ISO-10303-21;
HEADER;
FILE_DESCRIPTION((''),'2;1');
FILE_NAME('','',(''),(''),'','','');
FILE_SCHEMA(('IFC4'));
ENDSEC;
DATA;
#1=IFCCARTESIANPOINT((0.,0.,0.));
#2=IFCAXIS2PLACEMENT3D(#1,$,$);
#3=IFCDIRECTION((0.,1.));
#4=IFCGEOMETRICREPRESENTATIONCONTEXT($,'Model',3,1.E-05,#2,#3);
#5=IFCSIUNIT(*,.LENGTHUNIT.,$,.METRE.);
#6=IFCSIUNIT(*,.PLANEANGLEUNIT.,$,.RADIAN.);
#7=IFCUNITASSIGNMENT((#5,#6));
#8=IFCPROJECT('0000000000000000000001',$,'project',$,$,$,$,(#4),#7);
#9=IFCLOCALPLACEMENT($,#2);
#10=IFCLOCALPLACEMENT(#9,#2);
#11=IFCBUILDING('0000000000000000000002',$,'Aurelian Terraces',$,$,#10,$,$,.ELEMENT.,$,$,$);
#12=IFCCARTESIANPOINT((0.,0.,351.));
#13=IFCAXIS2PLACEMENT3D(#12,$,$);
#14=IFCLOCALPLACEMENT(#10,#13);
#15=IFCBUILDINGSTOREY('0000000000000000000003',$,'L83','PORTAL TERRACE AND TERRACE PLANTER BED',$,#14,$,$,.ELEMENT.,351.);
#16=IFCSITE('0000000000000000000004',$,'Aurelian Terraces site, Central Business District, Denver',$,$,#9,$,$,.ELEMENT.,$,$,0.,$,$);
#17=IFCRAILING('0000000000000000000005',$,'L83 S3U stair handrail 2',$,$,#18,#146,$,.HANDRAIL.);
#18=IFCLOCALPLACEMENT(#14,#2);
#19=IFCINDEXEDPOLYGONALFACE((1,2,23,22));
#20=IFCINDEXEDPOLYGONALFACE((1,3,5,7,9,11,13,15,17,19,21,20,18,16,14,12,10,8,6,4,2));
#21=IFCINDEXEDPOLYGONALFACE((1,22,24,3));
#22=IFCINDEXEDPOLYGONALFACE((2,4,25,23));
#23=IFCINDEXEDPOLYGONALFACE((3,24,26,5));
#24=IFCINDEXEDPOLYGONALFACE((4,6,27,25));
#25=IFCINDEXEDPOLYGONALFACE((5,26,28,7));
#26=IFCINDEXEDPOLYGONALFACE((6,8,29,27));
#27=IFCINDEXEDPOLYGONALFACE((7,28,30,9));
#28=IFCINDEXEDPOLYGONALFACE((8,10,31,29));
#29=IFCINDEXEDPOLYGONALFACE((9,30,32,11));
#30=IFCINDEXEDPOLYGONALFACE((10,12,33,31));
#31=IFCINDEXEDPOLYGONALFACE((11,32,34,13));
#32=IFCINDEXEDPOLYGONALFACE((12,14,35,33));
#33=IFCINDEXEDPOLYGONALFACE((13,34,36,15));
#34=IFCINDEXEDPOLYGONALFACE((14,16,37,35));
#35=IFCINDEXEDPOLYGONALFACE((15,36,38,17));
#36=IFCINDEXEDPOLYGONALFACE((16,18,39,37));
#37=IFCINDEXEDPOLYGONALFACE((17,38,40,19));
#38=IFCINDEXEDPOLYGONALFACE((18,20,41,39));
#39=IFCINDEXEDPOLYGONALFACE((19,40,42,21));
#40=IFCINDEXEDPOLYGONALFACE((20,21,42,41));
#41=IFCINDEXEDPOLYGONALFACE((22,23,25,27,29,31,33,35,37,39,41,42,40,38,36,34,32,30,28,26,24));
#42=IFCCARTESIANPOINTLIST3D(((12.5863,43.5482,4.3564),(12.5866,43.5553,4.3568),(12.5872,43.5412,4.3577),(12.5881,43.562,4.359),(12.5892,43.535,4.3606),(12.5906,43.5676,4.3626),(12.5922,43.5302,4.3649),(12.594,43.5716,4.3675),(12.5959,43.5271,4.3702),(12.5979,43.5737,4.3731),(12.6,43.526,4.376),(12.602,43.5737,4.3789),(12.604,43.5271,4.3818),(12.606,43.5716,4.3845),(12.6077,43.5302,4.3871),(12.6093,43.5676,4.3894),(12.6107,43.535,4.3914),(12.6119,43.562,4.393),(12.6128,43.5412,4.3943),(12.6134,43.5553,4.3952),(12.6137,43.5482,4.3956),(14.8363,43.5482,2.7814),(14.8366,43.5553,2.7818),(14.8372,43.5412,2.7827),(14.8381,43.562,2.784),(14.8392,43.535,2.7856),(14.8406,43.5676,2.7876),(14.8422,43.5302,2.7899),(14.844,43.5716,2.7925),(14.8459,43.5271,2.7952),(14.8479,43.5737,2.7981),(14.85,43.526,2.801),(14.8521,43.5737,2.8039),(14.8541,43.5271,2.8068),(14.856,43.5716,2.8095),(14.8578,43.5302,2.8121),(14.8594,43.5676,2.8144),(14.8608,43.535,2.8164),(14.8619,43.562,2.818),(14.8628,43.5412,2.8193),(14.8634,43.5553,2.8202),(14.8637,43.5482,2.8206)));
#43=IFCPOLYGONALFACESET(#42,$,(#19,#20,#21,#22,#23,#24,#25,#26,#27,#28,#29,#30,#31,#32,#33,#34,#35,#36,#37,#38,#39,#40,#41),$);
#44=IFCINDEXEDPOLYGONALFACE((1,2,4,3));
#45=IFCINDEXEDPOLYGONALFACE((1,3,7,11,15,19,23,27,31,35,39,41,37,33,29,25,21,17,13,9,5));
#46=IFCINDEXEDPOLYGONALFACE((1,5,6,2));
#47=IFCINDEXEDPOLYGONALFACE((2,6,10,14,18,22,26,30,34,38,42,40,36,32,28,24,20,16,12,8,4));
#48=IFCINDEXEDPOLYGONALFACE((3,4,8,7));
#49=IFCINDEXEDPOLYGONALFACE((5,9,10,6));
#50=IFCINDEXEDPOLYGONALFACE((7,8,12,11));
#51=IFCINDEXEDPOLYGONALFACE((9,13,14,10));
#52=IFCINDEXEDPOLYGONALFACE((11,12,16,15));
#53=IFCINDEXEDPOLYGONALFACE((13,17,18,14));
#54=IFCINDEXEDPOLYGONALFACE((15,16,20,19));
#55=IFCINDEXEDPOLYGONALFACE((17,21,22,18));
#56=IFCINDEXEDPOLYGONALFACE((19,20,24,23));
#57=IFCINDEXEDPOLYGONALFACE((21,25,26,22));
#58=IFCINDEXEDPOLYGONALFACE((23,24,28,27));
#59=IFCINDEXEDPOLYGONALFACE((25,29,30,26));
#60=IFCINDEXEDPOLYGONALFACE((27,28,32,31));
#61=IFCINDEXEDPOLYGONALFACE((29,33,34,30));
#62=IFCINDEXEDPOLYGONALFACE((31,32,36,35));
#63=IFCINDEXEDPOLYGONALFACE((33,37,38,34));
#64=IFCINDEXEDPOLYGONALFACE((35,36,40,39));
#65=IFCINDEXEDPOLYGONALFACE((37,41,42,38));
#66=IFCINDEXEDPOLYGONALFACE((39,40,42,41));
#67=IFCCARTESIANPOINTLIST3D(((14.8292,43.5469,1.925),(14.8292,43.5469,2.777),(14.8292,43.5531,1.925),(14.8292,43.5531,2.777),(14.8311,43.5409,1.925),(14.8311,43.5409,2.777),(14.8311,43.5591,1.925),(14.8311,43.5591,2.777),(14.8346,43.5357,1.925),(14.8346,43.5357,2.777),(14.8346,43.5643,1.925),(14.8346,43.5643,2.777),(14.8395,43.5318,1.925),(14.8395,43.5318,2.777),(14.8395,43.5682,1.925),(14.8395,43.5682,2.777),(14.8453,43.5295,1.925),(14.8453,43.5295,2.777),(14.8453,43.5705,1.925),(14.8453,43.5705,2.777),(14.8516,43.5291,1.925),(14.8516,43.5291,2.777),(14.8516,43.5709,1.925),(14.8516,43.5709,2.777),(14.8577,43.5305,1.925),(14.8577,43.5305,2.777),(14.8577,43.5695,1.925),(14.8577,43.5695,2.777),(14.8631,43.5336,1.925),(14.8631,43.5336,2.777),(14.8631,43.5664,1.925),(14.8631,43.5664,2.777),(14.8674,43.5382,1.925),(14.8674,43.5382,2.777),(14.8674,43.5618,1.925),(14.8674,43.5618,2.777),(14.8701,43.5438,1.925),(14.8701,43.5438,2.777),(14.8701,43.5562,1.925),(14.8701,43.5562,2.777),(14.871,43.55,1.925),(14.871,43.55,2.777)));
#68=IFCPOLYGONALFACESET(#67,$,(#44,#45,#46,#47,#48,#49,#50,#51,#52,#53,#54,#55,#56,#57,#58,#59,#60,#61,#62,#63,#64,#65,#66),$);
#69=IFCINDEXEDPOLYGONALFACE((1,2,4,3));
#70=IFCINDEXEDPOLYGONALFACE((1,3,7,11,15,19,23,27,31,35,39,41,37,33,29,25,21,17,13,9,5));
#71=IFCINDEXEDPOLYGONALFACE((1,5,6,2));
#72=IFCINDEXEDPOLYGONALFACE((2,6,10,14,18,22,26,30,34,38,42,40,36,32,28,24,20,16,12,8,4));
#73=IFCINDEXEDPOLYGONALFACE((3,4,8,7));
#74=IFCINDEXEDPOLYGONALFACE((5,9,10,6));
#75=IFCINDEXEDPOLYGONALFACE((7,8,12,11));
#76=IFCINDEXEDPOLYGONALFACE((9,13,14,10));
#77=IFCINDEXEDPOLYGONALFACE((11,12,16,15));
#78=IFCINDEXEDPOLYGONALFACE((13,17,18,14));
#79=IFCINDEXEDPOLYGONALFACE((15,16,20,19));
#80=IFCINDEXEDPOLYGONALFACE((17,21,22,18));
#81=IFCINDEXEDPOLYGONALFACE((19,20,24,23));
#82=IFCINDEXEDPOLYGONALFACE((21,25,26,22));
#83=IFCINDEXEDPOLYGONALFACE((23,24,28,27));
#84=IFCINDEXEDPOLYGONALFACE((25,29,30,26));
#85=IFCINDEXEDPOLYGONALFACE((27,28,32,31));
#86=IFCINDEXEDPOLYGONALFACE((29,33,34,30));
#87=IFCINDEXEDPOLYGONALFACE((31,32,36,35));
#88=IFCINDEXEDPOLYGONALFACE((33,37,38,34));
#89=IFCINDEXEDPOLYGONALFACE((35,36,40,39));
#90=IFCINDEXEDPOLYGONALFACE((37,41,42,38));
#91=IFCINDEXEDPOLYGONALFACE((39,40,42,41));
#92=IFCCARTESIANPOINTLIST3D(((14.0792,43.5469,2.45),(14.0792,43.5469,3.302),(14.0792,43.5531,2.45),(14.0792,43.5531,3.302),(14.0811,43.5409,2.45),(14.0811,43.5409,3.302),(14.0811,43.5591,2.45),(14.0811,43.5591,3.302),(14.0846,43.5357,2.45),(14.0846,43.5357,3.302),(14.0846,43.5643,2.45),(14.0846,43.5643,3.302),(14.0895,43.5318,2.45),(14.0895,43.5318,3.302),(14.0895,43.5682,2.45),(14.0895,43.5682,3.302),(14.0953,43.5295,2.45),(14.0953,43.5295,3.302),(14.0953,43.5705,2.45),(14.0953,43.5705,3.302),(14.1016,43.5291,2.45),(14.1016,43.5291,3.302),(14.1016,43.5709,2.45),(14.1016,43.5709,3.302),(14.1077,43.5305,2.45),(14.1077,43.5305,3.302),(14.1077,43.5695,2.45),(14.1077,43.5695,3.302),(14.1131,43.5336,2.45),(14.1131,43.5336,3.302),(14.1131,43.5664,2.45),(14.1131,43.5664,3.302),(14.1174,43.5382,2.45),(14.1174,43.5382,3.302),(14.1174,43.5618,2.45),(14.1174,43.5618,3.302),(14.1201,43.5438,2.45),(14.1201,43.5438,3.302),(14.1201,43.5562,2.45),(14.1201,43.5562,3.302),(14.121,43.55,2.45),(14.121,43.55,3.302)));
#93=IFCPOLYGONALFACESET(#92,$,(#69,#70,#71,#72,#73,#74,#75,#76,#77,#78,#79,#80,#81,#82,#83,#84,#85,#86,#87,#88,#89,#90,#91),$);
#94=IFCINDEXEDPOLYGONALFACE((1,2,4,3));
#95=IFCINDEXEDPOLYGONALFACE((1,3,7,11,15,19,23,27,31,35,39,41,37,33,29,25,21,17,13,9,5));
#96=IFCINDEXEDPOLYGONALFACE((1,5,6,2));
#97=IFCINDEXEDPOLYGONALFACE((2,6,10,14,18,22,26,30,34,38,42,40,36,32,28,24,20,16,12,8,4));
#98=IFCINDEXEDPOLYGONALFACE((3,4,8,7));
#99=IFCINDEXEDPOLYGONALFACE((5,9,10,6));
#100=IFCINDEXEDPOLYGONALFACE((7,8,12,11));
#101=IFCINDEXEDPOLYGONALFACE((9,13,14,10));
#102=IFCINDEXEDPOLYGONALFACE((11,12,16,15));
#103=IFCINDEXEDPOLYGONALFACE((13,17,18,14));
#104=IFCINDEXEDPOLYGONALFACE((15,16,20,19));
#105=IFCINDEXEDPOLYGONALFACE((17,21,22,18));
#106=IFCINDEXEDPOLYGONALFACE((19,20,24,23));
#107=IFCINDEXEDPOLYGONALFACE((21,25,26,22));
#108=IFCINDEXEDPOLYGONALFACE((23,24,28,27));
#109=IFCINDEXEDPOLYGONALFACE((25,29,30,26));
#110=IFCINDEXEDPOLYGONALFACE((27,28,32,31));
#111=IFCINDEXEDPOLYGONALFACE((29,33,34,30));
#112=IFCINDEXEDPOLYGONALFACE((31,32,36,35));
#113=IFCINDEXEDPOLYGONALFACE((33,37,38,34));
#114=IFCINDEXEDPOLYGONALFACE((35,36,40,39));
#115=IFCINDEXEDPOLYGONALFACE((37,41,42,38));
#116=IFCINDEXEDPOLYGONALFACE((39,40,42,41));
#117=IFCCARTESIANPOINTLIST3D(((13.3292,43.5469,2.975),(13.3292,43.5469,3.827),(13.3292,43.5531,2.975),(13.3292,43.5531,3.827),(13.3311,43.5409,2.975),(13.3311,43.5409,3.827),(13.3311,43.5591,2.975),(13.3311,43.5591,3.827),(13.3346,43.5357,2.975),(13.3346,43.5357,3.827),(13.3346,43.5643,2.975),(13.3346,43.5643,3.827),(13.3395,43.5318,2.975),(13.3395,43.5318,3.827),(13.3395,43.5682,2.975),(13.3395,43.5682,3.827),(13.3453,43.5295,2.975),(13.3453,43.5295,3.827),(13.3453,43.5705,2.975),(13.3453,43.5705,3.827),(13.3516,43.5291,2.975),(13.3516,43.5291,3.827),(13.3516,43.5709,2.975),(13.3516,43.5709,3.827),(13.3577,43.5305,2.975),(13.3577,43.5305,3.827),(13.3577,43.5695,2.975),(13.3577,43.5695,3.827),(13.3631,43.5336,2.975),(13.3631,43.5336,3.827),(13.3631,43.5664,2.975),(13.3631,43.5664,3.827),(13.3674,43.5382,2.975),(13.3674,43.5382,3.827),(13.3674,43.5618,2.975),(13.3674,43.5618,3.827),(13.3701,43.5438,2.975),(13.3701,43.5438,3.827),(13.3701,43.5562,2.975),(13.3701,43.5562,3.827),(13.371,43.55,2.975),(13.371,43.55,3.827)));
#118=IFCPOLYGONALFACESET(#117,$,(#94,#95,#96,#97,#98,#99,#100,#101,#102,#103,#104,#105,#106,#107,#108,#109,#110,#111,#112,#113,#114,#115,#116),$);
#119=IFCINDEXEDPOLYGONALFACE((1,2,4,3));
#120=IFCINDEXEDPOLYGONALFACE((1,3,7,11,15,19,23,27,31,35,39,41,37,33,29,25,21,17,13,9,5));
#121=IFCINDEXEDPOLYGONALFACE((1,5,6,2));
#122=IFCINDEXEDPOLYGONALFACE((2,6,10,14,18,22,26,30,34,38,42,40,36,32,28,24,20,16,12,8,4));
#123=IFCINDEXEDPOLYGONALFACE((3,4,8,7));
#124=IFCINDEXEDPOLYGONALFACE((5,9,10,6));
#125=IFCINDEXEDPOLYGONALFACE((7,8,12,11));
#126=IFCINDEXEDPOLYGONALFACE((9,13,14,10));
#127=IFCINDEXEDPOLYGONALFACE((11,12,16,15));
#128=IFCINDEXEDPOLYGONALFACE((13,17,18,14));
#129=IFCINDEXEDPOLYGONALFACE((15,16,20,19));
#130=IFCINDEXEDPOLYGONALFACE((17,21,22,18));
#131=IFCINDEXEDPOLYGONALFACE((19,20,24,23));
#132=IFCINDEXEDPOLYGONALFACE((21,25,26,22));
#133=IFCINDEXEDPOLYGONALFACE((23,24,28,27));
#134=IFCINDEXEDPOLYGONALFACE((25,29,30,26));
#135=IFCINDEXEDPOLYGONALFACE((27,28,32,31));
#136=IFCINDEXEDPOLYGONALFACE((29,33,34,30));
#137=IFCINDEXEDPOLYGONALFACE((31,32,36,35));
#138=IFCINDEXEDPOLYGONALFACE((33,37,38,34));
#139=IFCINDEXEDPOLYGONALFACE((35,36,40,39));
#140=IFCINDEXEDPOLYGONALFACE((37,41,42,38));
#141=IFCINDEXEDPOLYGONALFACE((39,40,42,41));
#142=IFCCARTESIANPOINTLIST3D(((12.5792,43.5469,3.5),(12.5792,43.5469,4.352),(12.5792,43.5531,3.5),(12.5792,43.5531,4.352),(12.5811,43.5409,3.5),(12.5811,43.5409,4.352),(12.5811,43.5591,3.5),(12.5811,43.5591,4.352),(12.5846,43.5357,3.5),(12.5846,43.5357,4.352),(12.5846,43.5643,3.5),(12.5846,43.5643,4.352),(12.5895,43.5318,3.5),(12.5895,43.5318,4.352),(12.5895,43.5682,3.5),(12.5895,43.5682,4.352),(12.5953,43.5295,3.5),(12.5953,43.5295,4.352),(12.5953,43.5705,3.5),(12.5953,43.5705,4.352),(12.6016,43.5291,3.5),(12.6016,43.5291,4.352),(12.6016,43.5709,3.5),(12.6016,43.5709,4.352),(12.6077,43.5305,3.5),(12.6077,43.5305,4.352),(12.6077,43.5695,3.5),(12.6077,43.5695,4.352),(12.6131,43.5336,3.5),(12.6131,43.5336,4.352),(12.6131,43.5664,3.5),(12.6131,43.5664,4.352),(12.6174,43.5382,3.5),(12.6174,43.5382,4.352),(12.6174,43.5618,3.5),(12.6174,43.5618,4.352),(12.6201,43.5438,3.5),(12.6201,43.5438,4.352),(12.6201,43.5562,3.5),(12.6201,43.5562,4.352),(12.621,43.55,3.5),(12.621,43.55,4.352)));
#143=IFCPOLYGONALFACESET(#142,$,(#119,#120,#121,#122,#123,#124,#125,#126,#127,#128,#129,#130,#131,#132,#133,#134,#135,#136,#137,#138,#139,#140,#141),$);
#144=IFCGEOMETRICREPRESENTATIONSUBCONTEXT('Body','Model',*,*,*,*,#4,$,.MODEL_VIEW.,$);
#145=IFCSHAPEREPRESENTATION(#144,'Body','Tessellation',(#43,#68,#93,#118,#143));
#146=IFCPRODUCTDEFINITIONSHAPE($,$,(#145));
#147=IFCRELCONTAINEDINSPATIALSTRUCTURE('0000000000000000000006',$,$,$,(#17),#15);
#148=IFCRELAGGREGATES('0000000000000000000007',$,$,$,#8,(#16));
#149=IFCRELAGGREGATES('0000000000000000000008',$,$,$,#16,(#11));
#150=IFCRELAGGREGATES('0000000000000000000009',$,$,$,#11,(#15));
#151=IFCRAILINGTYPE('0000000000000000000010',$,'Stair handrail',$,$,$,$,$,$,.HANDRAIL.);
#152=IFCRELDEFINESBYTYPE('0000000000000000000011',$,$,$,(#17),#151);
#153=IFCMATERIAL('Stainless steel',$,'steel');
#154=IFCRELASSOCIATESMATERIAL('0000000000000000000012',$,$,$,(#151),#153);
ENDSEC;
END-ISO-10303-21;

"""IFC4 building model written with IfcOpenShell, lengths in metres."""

from ifc_helpers import new_model, si_unit, direction, frame, origin, origin_2d, place, context, subcontext, project, spatial, circle, extrude, source, transform, mapped, material, type_object, element, save


model = new_model("IFC4")

# Units and contexts
model_context = context("Model", 3, precision=1e-05, world=origin(), true_north=direction((0.0, 1.0)))
body_context = subcontext(model_context, "Body", "Model", "MODEL_VIEW")
ifc_project = project(units=[si_unit("LENGTHUNIT", "METRE"), si_unit("PLANEANGLEUNIT", "RADIAN")], contexts=[model_context])

# Site, building, storey
site_placement = place(None, origin())
site = spatial("IfcSite", under=ifc_project, at=site_placement, Name="Aurelian Terraces site, Central Business District, Denver", CompositionType="ELEMENT", RefElevation=0.0)
building_placement = place(site_placement, origin())
building = spatial("IfcBuilding", under=site, at=building_placement, Name="Aurelian Terraces", CompositionType="ELEMENT")
storey_placement = place(building_placement, frame((0.0, 0.0, 351.0)))
storey = spatial("IfcBuildingStorey", under=building, at=storey_placement, Name="L83", Description="PORTAL TERRACE AND TERRACE PLANTER BED", CompositionType="ELEMENT", Elevation=351.0)

# Railing
ifc_material_1 = material(Name="Stainless steel", Category="steel")
railing_type_1 = type_object("IfcRailingType", Name="Stair handrail", PredefinedType="HANDRAIL", material=ifc_material_1)
shared_shape_1 = source(origin(), body_context, "Body", "SweptSolid", [
    extrude(circle(Radius=0.024, at=origin_2d()), frame((0.0, 0.0, 0.876), z_axis=(-0.819232, 0.0, 0.573462), x_axis=(0.0, -1.0, 0.0)), (0.0, 0.0, 1.0), 2.7465),
    extrude(circle(Radius=0.021, at=origin_2d()), origin(), (0.0, 0.0, 1.0), 0.852),
    extrude(circle(Radius=0.021, at=origin_2d()), frame((-0.75, 0.0, 0.525)), (0.0, 0.0, 1.0), 0.852),
    extrude(circle(Radius=0.021, at=origin_2d()), frame((-1.5, 0.0, 1.05)), (0.0, 0.0, 1.0), 0.852),
    extrude(circle(Radius=0.021, at=origin_2d()), frame((-2.25, 0.0, 1.575)), (0.0, 0.0, 1.0), 0.852),
])
railing_1_placement = place(storey_placement, frame((14.85, 43.55, 1.925)))
element("IfcRailing", 1, at=railing_1_placement, inside=storey, type_object=railing_type_1, Name="L83 S3U stair handrail 2", PredefinedType="HANDRAIL", context=body_context, shape_type="MappedRepresentation", body=[
    mapped(shared_shape_1, transform((0.0, 0.0, 0.0), scale=1.0)),
])

save(model, "model.ifc")
